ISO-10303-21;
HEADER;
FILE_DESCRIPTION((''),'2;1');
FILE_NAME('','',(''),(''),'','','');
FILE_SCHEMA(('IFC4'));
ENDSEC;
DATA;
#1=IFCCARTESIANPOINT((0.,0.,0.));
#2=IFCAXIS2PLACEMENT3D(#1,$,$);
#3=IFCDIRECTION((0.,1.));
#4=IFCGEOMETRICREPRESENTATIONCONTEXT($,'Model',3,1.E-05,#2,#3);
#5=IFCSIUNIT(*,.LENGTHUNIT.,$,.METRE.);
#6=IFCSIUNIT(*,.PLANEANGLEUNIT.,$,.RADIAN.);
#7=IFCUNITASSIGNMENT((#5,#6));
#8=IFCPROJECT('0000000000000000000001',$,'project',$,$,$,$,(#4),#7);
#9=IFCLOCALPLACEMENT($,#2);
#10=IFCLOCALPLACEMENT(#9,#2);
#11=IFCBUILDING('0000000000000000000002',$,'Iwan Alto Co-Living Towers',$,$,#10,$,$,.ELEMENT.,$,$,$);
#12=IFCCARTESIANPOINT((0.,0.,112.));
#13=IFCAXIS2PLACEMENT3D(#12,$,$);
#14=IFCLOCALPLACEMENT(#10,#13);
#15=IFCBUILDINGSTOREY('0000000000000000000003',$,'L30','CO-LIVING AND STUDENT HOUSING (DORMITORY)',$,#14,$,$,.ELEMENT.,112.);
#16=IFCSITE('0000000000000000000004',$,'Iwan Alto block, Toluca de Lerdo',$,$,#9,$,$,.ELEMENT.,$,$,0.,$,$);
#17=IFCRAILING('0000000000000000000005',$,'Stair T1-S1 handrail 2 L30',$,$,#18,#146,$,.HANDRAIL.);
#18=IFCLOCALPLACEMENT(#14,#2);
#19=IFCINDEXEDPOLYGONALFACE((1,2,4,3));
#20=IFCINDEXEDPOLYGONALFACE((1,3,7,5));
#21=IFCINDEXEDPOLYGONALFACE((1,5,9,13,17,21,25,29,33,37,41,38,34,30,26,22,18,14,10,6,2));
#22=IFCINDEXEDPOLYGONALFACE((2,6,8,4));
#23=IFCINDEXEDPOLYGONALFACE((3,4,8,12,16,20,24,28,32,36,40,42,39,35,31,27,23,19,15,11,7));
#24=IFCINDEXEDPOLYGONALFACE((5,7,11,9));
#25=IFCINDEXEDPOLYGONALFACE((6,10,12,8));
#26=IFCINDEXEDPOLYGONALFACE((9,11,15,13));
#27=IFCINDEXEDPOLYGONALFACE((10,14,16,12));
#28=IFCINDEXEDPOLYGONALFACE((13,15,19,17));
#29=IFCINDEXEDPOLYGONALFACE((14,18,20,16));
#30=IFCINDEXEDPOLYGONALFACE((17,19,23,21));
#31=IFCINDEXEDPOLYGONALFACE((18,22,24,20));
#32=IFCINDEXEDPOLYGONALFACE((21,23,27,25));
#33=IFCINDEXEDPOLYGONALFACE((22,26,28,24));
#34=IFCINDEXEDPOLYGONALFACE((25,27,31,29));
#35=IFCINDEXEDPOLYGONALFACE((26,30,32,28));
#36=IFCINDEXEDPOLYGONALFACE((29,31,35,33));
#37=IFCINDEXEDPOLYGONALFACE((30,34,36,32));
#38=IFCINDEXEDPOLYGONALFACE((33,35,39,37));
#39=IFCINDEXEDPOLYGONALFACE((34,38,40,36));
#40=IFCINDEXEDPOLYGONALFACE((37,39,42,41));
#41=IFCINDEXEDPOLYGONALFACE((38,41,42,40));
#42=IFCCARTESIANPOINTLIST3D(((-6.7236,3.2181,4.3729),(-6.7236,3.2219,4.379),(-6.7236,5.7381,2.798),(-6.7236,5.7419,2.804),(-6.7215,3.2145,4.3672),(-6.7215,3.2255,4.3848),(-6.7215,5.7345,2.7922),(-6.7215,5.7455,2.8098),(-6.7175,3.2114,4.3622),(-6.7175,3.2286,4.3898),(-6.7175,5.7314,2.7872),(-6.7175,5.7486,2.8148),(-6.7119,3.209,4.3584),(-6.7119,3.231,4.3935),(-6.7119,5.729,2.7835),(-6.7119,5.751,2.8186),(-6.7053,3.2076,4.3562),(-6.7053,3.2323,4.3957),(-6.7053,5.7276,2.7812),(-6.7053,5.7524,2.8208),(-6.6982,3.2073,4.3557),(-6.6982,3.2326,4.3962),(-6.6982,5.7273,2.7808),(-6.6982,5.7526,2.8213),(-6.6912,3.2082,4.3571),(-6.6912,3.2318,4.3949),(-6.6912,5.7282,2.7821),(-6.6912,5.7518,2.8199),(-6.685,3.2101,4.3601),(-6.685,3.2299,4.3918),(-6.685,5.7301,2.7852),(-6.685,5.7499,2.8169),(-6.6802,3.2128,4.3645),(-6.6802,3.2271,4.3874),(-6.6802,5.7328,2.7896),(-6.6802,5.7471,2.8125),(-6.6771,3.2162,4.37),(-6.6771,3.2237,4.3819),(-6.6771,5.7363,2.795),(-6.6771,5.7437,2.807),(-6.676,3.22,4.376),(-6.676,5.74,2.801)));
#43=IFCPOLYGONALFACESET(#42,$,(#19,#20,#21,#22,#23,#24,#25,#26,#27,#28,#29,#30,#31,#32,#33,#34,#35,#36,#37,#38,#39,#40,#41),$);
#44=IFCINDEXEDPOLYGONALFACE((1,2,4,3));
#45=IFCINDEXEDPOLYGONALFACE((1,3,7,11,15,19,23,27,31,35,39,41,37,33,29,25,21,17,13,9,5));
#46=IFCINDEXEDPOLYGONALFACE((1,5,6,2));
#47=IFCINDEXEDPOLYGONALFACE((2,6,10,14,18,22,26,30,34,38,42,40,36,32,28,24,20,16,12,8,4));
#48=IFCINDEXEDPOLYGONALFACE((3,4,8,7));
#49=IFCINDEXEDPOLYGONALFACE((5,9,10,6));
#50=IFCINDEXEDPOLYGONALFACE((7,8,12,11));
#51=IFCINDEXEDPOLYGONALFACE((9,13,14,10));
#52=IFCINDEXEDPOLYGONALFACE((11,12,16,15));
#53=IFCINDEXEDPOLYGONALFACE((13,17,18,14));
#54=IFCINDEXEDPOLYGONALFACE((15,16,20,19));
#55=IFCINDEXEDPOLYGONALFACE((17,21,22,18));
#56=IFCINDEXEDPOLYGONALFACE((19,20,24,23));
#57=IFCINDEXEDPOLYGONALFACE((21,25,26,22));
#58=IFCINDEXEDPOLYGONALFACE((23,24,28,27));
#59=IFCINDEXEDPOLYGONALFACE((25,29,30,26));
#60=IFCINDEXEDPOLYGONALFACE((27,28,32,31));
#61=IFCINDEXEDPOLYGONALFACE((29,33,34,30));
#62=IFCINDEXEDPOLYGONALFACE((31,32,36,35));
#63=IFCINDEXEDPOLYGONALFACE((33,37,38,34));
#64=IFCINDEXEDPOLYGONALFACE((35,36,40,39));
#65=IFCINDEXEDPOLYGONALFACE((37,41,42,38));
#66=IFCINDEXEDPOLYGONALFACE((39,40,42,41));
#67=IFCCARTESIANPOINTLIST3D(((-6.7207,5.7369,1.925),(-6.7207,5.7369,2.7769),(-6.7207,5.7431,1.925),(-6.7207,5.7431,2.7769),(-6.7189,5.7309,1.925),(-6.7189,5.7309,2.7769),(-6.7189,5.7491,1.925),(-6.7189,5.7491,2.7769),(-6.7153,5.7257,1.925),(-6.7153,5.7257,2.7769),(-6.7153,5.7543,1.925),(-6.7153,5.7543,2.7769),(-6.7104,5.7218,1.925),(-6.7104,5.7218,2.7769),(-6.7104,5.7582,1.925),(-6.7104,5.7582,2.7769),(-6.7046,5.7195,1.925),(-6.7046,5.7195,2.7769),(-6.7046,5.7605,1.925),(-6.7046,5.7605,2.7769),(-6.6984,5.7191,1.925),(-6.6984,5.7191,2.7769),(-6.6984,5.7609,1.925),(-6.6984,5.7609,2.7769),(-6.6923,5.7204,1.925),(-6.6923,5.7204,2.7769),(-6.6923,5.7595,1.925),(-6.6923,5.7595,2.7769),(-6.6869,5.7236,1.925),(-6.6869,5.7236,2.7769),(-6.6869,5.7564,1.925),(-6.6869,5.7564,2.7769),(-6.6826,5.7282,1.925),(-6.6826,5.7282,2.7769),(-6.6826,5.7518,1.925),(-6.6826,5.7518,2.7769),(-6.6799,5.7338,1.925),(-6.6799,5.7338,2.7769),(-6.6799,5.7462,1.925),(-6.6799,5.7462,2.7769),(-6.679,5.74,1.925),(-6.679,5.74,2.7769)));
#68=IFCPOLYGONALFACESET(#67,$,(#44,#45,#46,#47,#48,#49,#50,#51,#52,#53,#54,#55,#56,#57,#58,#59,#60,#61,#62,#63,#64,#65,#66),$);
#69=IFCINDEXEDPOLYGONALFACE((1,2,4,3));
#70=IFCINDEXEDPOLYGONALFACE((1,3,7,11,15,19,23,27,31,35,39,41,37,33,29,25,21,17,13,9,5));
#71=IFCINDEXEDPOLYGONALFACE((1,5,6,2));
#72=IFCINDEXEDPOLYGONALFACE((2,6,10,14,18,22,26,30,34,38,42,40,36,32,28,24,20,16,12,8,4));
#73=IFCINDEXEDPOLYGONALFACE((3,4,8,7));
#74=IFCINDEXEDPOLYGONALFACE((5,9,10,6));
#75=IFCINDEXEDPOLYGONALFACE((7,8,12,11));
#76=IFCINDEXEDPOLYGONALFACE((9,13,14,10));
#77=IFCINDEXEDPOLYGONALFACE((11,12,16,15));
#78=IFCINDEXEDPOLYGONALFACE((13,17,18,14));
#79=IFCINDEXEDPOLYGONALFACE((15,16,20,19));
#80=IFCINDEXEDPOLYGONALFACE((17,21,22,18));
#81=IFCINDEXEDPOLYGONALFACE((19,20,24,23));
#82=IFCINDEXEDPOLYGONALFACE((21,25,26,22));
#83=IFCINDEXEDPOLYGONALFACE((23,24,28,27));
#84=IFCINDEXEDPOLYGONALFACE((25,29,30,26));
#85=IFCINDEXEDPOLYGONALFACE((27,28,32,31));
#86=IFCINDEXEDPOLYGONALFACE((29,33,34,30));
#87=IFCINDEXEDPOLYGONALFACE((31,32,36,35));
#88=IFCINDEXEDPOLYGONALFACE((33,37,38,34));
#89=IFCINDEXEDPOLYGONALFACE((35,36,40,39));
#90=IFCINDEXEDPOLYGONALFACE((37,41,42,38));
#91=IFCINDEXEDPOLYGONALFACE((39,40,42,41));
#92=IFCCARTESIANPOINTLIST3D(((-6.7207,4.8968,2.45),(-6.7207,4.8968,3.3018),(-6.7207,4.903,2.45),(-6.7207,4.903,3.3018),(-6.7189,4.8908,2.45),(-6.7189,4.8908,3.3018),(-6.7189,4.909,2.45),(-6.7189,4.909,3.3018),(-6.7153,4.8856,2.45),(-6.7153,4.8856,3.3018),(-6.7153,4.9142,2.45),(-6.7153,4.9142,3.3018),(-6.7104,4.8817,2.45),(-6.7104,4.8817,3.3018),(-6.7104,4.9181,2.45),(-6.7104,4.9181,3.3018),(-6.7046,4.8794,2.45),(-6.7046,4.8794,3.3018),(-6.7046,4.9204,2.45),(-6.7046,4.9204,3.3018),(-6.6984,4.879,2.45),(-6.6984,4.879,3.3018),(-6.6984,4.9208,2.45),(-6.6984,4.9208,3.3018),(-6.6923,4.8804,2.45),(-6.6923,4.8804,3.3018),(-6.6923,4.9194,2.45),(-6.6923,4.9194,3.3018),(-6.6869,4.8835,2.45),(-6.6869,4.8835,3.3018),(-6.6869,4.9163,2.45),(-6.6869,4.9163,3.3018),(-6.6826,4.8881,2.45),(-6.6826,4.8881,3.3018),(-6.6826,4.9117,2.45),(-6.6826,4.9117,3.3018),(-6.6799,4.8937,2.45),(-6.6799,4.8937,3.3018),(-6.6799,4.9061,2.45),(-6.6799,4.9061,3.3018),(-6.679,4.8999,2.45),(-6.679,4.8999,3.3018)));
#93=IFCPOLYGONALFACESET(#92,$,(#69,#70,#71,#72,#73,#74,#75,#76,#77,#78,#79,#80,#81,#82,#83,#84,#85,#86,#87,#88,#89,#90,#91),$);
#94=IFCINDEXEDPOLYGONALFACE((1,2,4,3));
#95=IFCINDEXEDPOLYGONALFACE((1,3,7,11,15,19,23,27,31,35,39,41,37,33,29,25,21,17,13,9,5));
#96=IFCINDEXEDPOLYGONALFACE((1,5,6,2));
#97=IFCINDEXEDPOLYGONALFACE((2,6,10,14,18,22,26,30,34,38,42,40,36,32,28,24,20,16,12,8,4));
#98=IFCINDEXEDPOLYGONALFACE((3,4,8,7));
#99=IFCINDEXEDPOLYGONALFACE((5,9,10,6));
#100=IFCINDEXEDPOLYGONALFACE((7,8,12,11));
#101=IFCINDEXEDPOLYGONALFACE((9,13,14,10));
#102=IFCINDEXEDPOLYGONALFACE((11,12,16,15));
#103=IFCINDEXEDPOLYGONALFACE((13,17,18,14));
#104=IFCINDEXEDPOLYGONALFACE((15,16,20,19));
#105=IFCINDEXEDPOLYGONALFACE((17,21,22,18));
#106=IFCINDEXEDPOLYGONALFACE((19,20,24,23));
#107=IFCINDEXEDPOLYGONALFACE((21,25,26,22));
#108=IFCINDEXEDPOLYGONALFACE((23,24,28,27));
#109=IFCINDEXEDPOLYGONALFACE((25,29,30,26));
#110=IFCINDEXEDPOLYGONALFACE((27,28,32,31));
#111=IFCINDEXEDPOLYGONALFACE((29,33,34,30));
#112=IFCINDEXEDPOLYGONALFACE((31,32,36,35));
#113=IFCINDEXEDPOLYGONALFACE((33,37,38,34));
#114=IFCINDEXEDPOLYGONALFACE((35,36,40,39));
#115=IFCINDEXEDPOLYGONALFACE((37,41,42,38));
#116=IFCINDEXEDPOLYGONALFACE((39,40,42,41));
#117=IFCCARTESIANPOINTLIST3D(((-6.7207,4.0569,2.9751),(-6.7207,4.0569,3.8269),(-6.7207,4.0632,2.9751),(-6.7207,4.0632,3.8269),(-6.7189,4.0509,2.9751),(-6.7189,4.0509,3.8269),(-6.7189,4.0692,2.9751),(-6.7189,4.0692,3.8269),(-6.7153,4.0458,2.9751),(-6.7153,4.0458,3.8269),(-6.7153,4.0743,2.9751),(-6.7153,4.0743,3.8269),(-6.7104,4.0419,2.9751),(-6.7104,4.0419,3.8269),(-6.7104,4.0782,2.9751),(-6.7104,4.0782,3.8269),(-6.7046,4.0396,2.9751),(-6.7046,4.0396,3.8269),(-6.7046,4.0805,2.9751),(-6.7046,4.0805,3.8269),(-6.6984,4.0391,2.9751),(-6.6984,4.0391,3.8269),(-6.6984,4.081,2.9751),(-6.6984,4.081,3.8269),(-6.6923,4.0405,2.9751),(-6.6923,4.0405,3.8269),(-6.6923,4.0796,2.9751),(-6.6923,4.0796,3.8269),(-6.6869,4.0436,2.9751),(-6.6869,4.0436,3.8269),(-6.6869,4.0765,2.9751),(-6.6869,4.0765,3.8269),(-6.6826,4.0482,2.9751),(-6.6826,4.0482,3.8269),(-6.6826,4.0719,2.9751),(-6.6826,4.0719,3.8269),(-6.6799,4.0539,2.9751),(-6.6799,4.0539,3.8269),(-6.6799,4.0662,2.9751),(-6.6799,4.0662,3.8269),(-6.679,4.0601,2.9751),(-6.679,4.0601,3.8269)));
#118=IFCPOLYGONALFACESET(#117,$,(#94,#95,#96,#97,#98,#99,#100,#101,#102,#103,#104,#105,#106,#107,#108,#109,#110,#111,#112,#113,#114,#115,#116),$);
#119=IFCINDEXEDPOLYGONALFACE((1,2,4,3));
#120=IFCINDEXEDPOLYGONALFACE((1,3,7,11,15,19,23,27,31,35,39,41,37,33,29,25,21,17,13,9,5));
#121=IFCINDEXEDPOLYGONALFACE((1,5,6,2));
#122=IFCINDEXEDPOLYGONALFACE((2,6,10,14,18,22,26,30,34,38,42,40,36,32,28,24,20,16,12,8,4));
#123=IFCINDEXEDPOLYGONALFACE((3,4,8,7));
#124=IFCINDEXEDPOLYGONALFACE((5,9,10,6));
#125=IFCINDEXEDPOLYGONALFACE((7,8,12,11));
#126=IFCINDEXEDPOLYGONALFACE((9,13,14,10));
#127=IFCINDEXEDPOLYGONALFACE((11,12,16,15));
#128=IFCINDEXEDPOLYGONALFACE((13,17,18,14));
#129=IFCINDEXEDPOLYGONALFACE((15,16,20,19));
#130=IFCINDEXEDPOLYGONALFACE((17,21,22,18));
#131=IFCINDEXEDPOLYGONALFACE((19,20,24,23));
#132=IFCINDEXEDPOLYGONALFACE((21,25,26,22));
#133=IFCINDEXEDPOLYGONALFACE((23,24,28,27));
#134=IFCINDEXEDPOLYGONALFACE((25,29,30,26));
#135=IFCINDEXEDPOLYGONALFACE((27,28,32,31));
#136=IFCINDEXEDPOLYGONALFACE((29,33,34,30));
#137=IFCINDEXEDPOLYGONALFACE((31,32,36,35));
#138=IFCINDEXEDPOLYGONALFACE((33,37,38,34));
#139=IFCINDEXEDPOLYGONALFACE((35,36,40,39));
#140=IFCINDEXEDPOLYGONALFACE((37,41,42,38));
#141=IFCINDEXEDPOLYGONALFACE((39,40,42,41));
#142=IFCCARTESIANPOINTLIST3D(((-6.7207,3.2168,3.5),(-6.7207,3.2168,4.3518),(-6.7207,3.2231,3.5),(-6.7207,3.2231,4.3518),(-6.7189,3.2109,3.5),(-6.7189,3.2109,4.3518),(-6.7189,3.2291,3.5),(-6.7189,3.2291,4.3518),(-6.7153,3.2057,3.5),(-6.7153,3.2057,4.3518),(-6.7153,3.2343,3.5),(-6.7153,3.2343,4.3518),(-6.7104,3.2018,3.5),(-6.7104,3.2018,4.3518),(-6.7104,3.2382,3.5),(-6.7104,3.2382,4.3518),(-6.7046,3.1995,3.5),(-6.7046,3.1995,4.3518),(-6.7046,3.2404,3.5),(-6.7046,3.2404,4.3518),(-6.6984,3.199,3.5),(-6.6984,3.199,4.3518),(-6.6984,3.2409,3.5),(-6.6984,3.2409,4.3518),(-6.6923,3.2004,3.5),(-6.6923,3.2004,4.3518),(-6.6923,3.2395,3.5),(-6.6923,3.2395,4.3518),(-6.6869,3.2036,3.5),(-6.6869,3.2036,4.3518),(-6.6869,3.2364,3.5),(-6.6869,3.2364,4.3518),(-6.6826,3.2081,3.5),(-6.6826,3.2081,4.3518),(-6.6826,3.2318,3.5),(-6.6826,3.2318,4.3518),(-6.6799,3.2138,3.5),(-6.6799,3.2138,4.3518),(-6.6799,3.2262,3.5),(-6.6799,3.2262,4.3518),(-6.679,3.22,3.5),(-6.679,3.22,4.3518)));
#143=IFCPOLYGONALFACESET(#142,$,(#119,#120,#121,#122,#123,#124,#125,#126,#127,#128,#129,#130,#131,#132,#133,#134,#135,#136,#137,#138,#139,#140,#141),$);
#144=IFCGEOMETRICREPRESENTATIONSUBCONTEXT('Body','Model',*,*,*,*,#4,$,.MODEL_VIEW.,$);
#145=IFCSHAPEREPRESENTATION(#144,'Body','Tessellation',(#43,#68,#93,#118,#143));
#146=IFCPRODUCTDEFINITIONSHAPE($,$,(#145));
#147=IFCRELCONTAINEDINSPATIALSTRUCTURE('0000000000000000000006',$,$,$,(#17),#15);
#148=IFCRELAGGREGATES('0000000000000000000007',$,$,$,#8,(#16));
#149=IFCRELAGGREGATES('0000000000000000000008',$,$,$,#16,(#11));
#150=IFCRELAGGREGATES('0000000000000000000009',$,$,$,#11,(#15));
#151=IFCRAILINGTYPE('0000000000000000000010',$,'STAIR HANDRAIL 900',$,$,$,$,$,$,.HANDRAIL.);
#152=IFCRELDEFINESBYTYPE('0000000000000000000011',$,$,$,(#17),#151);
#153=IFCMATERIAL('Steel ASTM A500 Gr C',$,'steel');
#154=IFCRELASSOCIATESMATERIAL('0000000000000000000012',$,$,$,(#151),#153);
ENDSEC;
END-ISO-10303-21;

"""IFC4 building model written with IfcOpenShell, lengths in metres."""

from ifc_helpers import new_model, si_unit, direction, frame, origin, origin_2d, place, context, subcontext, project, spatial, circle, extrude, material, type_object, element, save


model = new_model("IFC4")

# Units and contexts
model_context = context("Model", 3, precision=1e-05, world=origin(), true_north=direction((0.0, 1.0)))
body_context = subcontext(model_context, "Body", "Model", "MODEL_VIEW")
ifc_project = project(units=[si_unit("LENGTHUNIT", "METRE"), si_unit("PLANEANGLEUNIT", "RADIAN")], contexts=[model_context])

# Site, building, storey
site_placement = place(None, origin())
site = spatial("IfcSite", under=ifc_project, at=site_placement, Name="Iwan Alto block, Toluca de Lerdo", CompositionType="ELEMENT", RefElevation=0.0)
building_placement = place(site_placement, origin())
building = spatial("IfcBuilding", under=site, at=building_placement, Name="Iwan Alto Co-Living Towers", CompositionType="ELEMENT")
storey_placement = place(building_placement, frame((0.0, 0.0, 112.0)))
storey = spatial("IfcBuildingStorey", under=building, at=storey_placement, Name="L30", Description="CO-LIVING AND STUDENT HOUSING (DORMITORY)", CompositionType="ELEMENT", Elevation=112.0)

# Railing
ifc_material_1 = material(Name="Steel ASTM A500 Gr C", Category="steel")
railing_type_1 = type_object("IfcRailingType", Name="STAIR HANDRAIL 900", PredefinedType="HANDRAIL", material=ifc_material_1)
railing_1_placement = place(storey_placement, frame((-6.7, 5.74, 1.925)))
element("IfcRailing", 1, at=railing_1_placement, inside=storey, type_object=railing_type_1, Name="Stair T1-S1 handrail 2 L30", PredefinedType="HANDRAIL", context=body_context, shape_type="SweptSolid", body=[
    extrude(circle(Radius=0.0239, at=origin_2d()), frame((0.0, 0.0, 0.876), z_axis=(0.0, -0.848008, 0.529984), x_axis=(1.0, 0.0, 0.0)), (0.0, 0.0, 1.0), 2.9717),
    extrude(circle(Radius=0.021, at=origin_2d()), origin(), (0.0, 0.0, 1.0), 0.8518),
    extrude(circle(Radius=0.021, at=origin_2d()), frame((0.0, -0.8401, 0.5249)), (0.0, 0.0, 1.0), 0.8518),
    extrude(circle(Radius=0.021, at=origin_2d()), frame((0.0, -1.6799, 1.05)), (0.0, 0.0, 1.0), 0.8518),
    extrude(circle(Radius=0.021, at=origin_2d()), frame((0.0, -2.52, 1.575)), (0.0, 0.0, 1.0), 0.8518),
])

save(model, "model.ifc")
